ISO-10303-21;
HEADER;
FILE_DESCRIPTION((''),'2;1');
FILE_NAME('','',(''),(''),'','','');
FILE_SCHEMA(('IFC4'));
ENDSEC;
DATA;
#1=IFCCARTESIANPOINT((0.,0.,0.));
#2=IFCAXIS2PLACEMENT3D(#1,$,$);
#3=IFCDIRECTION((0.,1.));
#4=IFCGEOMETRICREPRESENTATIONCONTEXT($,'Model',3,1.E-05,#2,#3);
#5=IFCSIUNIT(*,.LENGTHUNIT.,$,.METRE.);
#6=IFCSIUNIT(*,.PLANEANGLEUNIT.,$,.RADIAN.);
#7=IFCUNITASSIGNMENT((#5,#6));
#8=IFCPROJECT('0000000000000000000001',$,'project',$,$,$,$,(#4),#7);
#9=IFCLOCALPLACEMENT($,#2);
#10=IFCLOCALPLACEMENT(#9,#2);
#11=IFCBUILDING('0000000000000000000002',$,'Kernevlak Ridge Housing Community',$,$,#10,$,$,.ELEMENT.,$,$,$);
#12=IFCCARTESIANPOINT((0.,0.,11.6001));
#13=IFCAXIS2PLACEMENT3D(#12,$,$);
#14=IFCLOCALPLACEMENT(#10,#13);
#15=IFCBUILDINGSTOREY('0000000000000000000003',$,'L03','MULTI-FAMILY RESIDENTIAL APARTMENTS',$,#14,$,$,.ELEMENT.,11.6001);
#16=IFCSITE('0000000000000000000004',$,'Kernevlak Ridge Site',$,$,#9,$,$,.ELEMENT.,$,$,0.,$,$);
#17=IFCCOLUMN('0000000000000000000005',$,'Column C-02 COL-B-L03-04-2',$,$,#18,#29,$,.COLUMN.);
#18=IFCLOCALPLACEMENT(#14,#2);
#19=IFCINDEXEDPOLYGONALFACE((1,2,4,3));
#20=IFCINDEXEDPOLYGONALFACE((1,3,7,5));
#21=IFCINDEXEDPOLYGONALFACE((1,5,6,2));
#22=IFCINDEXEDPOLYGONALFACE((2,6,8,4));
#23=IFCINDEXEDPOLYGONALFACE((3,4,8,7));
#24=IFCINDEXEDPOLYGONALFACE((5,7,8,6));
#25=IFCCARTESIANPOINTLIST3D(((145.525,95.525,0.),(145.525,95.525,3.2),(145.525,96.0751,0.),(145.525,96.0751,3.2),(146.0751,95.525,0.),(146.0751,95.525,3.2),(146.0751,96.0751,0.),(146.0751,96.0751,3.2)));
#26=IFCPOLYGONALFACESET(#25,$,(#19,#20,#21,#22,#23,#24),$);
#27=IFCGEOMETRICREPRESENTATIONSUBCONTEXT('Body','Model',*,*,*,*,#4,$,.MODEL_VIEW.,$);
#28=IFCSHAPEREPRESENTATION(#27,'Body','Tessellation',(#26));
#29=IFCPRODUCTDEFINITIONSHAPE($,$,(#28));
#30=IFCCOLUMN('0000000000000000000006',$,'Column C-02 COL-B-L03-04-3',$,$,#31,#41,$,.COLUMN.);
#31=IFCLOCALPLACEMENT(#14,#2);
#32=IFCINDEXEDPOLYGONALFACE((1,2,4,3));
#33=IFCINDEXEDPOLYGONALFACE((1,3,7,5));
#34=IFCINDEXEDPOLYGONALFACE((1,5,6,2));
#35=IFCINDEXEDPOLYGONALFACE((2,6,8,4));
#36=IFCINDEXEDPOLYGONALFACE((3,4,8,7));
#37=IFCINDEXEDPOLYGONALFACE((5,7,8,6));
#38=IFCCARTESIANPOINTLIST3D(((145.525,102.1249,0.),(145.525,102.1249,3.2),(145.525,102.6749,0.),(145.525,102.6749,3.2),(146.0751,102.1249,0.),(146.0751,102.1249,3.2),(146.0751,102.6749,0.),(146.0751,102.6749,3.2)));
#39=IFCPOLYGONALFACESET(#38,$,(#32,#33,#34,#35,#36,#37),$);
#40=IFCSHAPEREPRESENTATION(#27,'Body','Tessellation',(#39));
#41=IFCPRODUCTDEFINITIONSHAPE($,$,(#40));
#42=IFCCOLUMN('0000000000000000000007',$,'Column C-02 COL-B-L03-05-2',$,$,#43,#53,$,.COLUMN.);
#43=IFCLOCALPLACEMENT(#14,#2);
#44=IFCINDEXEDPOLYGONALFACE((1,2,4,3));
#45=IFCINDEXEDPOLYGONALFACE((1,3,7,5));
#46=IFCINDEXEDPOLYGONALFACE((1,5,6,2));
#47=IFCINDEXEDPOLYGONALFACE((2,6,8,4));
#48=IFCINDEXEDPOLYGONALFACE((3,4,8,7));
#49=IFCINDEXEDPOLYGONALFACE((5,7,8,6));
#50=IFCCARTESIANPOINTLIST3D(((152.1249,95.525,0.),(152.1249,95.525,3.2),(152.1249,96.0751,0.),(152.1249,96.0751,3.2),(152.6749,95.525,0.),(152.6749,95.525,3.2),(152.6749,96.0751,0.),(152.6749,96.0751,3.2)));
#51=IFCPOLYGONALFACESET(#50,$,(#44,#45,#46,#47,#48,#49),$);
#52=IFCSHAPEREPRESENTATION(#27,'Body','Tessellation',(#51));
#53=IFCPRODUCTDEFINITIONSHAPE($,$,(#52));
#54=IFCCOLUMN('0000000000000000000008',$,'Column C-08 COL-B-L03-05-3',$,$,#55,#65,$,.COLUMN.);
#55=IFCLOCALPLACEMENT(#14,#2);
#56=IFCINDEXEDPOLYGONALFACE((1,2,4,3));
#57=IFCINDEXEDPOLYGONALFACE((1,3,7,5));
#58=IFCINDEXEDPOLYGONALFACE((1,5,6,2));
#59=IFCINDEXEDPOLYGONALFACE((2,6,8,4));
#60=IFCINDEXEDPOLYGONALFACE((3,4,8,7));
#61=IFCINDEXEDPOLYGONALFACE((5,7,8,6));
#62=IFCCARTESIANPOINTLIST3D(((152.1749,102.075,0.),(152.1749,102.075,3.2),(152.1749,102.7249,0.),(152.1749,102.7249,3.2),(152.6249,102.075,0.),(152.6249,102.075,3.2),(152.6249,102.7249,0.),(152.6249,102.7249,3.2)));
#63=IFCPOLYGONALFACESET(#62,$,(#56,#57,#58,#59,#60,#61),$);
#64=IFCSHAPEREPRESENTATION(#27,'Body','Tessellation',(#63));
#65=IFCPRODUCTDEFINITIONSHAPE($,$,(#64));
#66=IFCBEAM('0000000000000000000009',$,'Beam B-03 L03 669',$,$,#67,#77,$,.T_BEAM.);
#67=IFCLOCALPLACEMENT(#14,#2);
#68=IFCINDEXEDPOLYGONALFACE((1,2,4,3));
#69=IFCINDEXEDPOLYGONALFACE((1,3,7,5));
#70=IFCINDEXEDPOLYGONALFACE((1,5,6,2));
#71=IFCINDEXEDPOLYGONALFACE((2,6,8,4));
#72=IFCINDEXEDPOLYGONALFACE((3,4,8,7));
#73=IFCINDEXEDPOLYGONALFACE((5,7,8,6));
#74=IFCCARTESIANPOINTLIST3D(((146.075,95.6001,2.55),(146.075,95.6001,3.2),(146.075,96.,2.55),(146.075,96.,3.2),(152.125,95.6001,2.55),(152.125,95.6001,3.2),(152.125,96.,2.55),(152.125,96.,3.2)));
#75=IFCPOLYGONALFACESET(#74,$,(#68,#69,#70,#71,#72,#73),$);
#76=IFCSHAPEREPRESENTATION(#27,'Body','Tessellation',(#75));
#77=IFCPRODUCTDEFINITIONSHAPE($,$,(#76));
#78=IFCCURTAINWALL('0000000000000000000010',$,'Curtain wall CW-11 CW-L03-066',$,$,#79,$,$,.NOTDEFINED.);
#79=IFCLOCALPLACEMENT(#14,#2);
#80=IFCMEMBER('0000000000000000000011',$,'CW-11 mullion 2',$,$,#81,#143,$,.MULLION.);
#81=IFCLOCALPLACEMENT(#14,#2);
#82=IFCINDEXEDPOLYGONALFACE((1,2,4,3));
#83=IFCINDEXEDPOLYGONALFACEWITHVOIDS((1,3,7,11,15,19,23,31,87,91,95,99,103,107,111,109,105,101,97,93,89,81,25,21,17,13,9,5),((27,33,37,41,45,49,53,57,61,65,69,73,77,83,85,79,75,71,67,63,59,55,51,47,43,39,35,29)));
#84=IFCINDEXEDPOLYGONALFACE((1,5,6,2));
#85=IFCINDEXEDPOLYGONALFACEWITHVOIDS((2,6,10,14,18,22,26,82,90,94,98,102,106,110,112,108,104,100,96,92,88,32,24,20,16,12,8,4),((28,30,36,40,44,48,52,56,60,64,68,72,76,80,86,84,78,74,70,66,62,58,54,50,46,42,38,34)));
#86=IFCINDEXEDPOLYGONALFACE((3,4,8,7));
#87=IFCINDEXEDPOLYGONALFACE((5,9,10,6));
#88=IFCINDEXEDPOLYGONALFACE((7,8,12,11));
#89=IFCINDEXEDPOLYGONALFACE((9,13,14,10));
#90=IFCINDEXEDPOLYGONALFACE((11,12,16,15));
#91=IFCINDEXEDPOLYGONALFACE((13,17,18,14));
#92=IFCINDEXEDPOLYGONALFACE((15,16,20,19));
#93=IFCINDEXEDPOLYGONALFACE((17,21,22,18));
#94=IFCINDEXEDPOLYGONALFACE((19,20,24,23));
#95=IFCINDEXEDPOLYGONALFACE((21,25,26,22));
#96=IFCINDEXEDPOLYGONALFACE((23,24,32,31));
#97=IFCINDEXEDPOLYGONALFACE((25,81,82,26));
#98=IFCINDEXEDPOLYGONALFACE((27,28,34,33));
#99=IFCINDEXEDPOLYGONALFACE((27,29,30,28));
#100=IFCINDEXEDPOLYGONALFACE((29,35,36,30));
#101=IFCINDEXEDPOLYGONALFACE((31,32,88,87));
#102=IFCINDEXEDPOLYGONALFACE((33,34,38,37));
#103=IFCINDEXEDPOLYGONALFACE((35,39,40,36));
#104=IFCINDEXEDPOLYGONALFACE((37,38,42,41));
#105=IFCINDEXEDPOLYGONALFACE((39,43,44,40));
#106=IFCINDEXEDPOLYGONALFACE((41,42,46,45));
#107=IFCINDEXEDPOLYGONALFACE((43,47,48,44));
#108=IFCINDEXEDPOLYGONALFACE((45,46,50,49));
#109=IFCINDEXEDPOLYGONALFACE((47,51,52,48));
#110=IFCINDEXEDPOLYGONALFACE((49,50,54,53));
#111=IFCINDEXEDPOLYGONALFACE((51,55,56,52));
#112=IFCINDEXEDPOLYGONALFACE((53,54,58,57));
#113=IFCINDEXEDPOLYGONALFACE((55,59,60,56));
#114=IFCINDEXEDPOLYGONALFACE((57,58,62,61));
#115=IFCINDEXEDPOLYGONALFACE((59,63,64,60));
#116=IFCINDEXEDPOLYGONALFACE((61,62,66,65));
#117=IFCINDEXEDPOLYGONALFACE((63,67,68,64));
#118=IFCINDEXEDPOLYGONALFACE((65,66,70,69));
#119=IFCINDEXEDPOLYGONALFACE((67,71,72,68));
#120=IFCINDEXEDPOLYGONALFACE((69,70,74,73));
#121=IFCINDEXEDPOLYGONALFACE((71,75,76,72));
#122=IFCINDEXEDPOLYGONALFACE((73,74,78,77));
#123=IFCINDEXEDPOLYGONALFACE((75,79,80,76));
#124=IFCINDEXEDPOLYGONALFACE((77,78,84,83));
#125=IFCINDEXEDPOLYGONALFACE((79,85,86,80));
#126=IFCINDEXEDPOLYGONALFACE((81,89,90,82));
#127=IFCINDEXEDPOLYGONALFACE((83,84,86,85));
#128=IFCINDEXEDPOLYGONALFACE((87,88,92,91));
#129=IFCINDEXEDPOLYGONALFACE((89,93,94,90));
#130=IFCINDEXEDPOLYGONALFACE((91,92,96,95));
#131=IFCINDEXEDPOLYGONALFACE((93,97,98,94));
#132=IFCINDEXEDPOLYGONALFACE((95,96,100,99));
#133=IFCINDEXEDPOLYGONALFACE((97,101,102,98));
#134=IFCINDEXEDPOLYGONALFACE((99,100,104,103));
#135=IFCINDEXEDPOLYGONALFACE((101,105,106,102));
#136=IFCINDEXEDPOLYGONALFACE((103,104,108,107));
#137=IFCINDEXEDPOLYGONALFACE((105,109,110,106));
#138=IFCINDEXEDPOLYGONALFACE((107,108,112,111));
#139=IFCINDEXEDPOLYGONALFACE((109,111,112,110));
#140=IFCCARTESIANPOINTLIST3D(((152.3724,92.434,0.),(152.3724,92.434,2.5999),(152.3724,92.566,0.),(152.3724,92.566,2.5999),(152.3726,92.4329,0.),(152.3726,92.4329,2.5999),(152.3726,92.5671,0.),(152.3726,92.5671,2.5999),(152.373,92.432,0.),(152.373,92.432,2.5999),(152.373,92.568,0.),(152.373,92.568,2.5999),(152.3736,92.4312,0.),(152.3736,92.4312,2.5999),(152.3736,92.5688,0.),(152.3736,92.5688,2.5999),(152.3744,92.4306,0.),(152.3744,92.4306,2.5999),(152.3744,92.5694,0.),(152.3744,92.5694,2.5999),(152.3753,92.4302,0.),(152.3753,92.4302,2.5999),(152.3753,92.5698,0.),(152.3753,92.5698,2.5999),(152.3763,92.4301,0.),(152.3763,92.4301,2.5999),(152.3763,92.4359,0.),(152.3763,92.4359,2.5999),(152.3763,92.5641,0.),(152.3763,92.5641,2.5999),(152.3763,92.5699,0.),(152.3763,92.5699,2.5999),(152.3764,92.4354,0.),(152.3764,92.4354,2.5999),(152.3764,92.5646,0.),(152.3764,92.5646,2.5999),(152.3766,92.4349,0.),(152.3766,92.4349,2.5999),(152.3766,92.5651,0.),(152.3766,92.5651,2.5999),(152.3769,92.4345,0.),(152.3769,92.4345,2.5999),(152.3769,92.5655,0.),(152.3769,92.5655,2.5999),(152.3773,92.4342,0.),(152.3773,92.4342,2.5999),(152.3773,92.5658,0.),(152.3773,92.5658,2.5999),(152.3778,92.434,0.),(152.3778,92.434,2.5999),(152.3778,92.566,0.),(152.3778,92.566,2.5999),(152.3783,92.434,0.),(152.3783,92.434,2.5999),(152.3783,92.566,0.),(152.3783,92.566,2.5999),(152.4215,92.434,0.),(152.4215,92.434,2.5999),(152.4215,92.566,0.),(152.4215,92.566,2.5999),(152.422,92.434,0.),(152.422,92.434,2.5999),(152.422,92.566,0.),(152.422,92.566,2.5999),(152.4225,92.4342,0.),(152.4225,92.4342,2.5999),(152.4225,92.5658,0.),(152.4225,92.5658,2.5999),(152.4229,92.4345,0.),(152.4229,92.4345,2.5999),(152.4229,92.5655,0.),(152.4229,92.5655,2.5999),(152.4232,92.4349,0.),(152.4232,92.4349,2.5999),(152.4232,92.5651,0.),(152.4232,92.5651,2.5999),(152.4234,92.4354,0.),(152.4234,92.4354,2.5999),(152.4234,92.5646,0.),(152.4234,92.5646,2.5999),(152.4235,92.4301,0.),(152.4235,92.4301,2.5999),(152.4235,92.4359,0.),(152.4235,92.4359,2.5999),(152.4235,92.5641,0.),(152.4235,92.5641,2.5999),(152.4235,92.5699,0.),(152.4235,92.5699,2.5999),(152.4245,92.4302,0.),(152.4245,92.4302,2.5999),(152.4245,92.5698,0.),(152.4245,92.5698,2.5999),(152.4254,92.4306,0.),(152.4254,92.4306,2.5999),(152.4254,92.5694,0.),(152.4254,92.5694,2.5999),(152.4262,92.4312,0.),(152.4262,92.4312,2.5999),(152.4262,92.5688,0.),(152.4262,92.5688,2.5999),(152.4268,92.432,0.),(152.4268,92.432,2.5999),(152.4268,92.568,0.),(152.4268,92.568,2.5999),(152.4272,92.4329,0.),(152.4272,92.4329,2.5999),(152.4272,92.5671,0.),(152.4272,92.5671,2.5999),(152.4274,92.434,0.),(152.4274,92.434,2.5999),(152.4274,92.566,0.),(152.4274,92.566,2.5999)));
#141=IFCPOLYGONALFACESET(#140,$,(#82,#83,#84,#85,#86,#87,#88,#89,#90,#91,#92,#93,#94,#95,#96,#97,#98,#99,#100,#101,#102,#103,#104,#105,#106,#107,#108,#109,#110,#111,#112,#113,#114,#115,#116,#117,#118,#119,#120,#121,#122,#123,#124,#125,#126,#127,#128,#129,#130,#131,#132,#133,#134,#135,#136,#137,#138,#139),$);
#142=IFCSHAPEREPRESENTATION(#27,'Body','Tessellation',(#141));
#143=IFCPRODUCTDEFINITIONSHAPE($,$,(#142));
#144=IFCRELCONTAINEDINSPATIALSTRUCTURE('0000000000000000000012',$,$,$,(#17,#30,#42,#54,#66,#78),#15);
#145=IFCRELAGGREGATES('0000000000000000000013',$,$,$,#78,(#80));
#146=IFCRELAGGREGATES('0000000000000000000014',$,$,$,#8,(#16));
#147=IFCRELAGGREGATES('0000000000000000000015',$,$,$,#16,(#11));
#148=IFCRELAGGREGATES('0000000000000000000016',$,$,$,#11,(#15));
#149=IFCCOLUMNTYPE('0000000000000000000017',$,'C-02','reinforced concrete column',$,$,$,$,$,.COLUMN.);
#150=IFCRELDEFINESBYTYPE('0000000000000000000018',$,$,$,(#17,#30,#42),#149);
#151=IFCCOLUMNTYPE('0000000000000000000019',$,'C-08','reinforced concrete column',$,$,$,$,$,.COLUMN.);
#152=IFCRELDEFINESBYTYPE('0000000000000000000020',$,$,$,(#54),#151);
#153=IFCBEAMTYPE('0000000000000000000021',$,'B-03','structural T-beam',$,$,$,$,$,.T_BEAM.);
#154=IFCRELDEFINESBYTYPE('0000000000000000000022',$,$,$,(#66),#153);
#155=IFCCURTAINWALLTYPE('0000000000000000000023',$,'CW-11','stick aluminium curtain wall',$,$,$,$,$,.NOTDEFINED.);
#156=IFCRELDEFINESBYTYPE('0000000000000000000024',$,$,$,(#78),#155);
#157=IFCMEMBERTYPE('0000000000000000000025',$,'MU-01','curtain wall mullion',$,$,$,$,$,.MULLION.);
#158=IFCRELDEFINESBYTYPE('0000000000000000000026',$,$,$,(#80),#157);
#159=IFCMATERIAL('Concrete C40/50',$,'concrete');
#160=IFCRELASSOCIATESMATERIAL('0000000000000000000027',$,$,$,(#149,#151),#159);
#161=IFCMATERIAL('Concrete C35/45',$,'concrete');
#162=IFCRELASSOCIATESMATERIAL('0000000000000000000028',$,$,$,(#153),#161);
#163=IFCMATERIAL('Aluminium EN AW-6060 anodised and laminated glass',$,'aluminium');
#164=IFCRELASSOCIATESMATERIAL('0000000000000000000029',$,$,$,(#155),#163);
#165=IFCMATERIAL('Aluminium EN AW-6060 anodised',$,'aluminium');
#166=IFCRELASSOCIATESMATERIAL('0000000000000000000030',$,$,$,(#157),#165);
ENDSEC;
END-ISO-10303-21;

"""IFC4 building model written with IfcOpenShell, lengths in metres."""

from ifc_helpers import new_model, si_unit, direction, frame, origin, origin_2d, place, context, subcontext, project, spatial, rectangle, hollow_rectangle, extrude, material, material_profile, profile_set, type_object, element, aggregate, save


model = new_model("IFC4")

# Units and contexts
model_context = context("Model", 3, precision=1e-05, world=origin(), true_north=direction((0.0, 1.0)))
body_context = subcontext(model_context, "Body", "Model", "MODEL_VIEW")
ifc_project = project(units=[si_unit("LENGTHUNIT", "METRE"), si_unit("PLANEANGLEUNIT", "RADIAN")], contexts=[model_context])

# Site, building, storey
site_placement = place(None, origin())
site = spatial("IfcSite", under=ifc_project, at=site_placement, Name="Kernevlak Ridge Site", CompositionType="ELEMENT", RefElevation=0.0)
building_placement = place(site_placement, origin())
building = spatial("IfcBuilding", under=site, at=building_placement, Name="Kernevlak Ridge Housing Community", CompositionType="ELEMENT")
storey_placement = place(building_placement, frame((0.0, 0.0, 11.6001)))
storey = spatial("IfcBuildingStorey", under=building, at=storey_placement, Name="L03", Description="MULTI-FAMILY RESIDENTIAL APARTMENTS", CompositionType="ELEMENT", Elevation=11.6001)

# Columns
ifc_material_1 = material(Name="Concrete C40/50", Category="concrete")
ifc_material_profile_1 = material_profile(ifc_material_1, rectangle(XDim=0.55, YDim=0.55, at=origin_2d()), Name="RC 550x550")
ifc_profile_set_1 = profile_set([ifc_material_profile_1], Name="Concrete C40/50")
column_type_1 = type_object("IfcColumnType", Name="C-02", Description="reinforced concrete column", PredefinedType="COLUMN", material=ifc_profile_set_1)
for number, where, z_axis, x_axis, name in (
    (1, (145.8, 95.8, 0.0), (0.0, 0.0, 1.0), (1.0, 0.0, 0.0), "Column C-02 COL-B-L03-04-2"),
    (2, (145.8, 102.3999, 0.0), (0.0, 0.0, 1.0), (1.0, 0.0, 0.0), "Column C-02 COL-B-L03-04-3"),
    (3, (152.3999, 95.8, 0.0), (0.0, 0.0, 1.0), (1.0, 0.0, 0.0), "Column C-02 COL-B-L03-05-2"),
):
    element("IfcColumn", number, at=place(storey_placement, frame(where, z_axis=z_axis, x_axis=x_axis)), inside=storey, type_object=column_type_1, Name=name, PredefinedType="COLUMN", context=body_context, shape_type="SweptSolid", body=[
        extrude(rectangle(XDim=0.55, YDim=0.55, at=origin_2d()), origin(), (0.0, 0.0, 1.0), 3.2),
    ])
ifc_material_profile_2 = material_profile(ifc_material_1, rectangle(XDim=0.45, YDim=0.6499, at=origin_2d()), Name="RC 450x650")
ifc_profile_set_2 = profile_set([ifc_material_profile_2], Name="Concrete C40/50")
column_type_2 = type_object("IfcColumnType", Name="C-08", Description="reinforced concrete column", PredefinedType="COLUMN", material=ifc_profile_set_2)
column_placement = place(storey_placement, frame((152.3999, 102.3999, 0.0), z_axis=(0.0, 0.0, 1.0), x_axis=(1.0, 0.0, 0.0)))
element("IfcColumn", 4, at=column_placement, inside=storey, type_object=column_type_2, Name="Column C-08 COL-B-L03-05-3", PredefinedType="COLUMN", context=body_context, shape_type="SweptSolid", body=[
    extrude(rectangle(XDim=0.45, YDim=0.6499, at=origin_2d()), origin(), (0.0, 0.0, 1.0), 3.2),
])

# Beam
ifc_material_2 = material(Name="Concrete C35/45", Category="concrete")
ifc_material_profile_3 = material_profile(ifc_material_2, rectangle(XDim=0.3999, YDim=0.6499, at=origin_2d()), Name="RC 400x650")
ifc_profile_set_3 = profile_set([ifc_material_profile_3], Name="Concrete C35/45")
beam_type_1 = type_object("IfcBeamType", Name="B-03", Description="structural T-beam", PredefinedType="T_BEAM", material=ifc_profile_set_3)
beam_1_placement = place(storey_placement, frame((146.075, 95.8, 2.875), z_axis=(1.0, 0.0, 0.0), x_axis=(0.0, 1.0, 0.0)))
element("IfcBeam", 5, at=beam_1_placement, inside=storey, type_object=beam_type_1, Name="Beam B-03 L03 669", PredefinedType="T_BEAM", context=body_context, shape_type="SweptSolid", body=[
    extrude(rectangle(XDim=0.3999, YDim=0.6499, at=origin_2d()), origin(), (0.0, 0.0, 1.0), 6.05),
])

# Curtain wall, member
ifc_material_3 = material(Name="Aluminium EN AW-6060 anodised and laminated glass", Category="aluminium")
curtain_wall_type = type_object("IfcCurtainWallType", Name="CW-11", Description="stick aluminium curtain wall", PredefinedType="NOTDEFINED", material=ifc_material_3)
curtain_wall_placement = place(storey_placement, origin())
curtain_wall = element("IfcCurtainWall", 6, at=curtain_wall_placement, inside=storey, type_object=curtain_wall_type, Name="Curtain wall CW-11 CW-L03-066", PredefinedType="NOTDEFINED")
ifc_material_4 = material(Name="Aluminium EN AW-6060 anodised", Category="aluminium")
ifc_material_profile_4 = material_profile(ifc_material_4, hollow_rectangle(XDim=0.0549, YDim=0.1399, WallThickness=0.0039, InnerFilletRadius=0.002, OuterFilletRadius=0.0039, at=origin_2d()), Name="ALU 55x140x4")
ifc_profile_set_4 = profile_set([ifc_material_profile_4], Name="Aluminium EN AW-6060 anodised")
member_type_1 = type_object("IfcMemberType", Name="MU-01", Description="curtain wall mullion", PredefinedType="MULLION", material=ifc_profile_set_4)
member_1_placement = place(storey_placement, frame((152.3999, 92.5, 0.0), z_axis=(0.0, 0.0, 1.0), x_axis=(-1.0, 0.0, 0.0)))
member_1 = element("IfcMember", 7, at=member_1_placement, type_object=member_type_1, Name="CW-11 mullion 2", PredefinedType="MULLION", context=body_context, shape_type="SweptSolid", body=[
    extrude(hollow_rectangle(XDim=0.0549, YDim=0.1399, WallThickness=0.0039, InnerFilletRadius=0.002, OuterFilletRadius=0.0039, at=origin_2d()), origin(), (0.0, 0.0, 1.0), 2.5999),
])

aggregate(curtain_wall, [member_1])

save(model, "model.ifc")
